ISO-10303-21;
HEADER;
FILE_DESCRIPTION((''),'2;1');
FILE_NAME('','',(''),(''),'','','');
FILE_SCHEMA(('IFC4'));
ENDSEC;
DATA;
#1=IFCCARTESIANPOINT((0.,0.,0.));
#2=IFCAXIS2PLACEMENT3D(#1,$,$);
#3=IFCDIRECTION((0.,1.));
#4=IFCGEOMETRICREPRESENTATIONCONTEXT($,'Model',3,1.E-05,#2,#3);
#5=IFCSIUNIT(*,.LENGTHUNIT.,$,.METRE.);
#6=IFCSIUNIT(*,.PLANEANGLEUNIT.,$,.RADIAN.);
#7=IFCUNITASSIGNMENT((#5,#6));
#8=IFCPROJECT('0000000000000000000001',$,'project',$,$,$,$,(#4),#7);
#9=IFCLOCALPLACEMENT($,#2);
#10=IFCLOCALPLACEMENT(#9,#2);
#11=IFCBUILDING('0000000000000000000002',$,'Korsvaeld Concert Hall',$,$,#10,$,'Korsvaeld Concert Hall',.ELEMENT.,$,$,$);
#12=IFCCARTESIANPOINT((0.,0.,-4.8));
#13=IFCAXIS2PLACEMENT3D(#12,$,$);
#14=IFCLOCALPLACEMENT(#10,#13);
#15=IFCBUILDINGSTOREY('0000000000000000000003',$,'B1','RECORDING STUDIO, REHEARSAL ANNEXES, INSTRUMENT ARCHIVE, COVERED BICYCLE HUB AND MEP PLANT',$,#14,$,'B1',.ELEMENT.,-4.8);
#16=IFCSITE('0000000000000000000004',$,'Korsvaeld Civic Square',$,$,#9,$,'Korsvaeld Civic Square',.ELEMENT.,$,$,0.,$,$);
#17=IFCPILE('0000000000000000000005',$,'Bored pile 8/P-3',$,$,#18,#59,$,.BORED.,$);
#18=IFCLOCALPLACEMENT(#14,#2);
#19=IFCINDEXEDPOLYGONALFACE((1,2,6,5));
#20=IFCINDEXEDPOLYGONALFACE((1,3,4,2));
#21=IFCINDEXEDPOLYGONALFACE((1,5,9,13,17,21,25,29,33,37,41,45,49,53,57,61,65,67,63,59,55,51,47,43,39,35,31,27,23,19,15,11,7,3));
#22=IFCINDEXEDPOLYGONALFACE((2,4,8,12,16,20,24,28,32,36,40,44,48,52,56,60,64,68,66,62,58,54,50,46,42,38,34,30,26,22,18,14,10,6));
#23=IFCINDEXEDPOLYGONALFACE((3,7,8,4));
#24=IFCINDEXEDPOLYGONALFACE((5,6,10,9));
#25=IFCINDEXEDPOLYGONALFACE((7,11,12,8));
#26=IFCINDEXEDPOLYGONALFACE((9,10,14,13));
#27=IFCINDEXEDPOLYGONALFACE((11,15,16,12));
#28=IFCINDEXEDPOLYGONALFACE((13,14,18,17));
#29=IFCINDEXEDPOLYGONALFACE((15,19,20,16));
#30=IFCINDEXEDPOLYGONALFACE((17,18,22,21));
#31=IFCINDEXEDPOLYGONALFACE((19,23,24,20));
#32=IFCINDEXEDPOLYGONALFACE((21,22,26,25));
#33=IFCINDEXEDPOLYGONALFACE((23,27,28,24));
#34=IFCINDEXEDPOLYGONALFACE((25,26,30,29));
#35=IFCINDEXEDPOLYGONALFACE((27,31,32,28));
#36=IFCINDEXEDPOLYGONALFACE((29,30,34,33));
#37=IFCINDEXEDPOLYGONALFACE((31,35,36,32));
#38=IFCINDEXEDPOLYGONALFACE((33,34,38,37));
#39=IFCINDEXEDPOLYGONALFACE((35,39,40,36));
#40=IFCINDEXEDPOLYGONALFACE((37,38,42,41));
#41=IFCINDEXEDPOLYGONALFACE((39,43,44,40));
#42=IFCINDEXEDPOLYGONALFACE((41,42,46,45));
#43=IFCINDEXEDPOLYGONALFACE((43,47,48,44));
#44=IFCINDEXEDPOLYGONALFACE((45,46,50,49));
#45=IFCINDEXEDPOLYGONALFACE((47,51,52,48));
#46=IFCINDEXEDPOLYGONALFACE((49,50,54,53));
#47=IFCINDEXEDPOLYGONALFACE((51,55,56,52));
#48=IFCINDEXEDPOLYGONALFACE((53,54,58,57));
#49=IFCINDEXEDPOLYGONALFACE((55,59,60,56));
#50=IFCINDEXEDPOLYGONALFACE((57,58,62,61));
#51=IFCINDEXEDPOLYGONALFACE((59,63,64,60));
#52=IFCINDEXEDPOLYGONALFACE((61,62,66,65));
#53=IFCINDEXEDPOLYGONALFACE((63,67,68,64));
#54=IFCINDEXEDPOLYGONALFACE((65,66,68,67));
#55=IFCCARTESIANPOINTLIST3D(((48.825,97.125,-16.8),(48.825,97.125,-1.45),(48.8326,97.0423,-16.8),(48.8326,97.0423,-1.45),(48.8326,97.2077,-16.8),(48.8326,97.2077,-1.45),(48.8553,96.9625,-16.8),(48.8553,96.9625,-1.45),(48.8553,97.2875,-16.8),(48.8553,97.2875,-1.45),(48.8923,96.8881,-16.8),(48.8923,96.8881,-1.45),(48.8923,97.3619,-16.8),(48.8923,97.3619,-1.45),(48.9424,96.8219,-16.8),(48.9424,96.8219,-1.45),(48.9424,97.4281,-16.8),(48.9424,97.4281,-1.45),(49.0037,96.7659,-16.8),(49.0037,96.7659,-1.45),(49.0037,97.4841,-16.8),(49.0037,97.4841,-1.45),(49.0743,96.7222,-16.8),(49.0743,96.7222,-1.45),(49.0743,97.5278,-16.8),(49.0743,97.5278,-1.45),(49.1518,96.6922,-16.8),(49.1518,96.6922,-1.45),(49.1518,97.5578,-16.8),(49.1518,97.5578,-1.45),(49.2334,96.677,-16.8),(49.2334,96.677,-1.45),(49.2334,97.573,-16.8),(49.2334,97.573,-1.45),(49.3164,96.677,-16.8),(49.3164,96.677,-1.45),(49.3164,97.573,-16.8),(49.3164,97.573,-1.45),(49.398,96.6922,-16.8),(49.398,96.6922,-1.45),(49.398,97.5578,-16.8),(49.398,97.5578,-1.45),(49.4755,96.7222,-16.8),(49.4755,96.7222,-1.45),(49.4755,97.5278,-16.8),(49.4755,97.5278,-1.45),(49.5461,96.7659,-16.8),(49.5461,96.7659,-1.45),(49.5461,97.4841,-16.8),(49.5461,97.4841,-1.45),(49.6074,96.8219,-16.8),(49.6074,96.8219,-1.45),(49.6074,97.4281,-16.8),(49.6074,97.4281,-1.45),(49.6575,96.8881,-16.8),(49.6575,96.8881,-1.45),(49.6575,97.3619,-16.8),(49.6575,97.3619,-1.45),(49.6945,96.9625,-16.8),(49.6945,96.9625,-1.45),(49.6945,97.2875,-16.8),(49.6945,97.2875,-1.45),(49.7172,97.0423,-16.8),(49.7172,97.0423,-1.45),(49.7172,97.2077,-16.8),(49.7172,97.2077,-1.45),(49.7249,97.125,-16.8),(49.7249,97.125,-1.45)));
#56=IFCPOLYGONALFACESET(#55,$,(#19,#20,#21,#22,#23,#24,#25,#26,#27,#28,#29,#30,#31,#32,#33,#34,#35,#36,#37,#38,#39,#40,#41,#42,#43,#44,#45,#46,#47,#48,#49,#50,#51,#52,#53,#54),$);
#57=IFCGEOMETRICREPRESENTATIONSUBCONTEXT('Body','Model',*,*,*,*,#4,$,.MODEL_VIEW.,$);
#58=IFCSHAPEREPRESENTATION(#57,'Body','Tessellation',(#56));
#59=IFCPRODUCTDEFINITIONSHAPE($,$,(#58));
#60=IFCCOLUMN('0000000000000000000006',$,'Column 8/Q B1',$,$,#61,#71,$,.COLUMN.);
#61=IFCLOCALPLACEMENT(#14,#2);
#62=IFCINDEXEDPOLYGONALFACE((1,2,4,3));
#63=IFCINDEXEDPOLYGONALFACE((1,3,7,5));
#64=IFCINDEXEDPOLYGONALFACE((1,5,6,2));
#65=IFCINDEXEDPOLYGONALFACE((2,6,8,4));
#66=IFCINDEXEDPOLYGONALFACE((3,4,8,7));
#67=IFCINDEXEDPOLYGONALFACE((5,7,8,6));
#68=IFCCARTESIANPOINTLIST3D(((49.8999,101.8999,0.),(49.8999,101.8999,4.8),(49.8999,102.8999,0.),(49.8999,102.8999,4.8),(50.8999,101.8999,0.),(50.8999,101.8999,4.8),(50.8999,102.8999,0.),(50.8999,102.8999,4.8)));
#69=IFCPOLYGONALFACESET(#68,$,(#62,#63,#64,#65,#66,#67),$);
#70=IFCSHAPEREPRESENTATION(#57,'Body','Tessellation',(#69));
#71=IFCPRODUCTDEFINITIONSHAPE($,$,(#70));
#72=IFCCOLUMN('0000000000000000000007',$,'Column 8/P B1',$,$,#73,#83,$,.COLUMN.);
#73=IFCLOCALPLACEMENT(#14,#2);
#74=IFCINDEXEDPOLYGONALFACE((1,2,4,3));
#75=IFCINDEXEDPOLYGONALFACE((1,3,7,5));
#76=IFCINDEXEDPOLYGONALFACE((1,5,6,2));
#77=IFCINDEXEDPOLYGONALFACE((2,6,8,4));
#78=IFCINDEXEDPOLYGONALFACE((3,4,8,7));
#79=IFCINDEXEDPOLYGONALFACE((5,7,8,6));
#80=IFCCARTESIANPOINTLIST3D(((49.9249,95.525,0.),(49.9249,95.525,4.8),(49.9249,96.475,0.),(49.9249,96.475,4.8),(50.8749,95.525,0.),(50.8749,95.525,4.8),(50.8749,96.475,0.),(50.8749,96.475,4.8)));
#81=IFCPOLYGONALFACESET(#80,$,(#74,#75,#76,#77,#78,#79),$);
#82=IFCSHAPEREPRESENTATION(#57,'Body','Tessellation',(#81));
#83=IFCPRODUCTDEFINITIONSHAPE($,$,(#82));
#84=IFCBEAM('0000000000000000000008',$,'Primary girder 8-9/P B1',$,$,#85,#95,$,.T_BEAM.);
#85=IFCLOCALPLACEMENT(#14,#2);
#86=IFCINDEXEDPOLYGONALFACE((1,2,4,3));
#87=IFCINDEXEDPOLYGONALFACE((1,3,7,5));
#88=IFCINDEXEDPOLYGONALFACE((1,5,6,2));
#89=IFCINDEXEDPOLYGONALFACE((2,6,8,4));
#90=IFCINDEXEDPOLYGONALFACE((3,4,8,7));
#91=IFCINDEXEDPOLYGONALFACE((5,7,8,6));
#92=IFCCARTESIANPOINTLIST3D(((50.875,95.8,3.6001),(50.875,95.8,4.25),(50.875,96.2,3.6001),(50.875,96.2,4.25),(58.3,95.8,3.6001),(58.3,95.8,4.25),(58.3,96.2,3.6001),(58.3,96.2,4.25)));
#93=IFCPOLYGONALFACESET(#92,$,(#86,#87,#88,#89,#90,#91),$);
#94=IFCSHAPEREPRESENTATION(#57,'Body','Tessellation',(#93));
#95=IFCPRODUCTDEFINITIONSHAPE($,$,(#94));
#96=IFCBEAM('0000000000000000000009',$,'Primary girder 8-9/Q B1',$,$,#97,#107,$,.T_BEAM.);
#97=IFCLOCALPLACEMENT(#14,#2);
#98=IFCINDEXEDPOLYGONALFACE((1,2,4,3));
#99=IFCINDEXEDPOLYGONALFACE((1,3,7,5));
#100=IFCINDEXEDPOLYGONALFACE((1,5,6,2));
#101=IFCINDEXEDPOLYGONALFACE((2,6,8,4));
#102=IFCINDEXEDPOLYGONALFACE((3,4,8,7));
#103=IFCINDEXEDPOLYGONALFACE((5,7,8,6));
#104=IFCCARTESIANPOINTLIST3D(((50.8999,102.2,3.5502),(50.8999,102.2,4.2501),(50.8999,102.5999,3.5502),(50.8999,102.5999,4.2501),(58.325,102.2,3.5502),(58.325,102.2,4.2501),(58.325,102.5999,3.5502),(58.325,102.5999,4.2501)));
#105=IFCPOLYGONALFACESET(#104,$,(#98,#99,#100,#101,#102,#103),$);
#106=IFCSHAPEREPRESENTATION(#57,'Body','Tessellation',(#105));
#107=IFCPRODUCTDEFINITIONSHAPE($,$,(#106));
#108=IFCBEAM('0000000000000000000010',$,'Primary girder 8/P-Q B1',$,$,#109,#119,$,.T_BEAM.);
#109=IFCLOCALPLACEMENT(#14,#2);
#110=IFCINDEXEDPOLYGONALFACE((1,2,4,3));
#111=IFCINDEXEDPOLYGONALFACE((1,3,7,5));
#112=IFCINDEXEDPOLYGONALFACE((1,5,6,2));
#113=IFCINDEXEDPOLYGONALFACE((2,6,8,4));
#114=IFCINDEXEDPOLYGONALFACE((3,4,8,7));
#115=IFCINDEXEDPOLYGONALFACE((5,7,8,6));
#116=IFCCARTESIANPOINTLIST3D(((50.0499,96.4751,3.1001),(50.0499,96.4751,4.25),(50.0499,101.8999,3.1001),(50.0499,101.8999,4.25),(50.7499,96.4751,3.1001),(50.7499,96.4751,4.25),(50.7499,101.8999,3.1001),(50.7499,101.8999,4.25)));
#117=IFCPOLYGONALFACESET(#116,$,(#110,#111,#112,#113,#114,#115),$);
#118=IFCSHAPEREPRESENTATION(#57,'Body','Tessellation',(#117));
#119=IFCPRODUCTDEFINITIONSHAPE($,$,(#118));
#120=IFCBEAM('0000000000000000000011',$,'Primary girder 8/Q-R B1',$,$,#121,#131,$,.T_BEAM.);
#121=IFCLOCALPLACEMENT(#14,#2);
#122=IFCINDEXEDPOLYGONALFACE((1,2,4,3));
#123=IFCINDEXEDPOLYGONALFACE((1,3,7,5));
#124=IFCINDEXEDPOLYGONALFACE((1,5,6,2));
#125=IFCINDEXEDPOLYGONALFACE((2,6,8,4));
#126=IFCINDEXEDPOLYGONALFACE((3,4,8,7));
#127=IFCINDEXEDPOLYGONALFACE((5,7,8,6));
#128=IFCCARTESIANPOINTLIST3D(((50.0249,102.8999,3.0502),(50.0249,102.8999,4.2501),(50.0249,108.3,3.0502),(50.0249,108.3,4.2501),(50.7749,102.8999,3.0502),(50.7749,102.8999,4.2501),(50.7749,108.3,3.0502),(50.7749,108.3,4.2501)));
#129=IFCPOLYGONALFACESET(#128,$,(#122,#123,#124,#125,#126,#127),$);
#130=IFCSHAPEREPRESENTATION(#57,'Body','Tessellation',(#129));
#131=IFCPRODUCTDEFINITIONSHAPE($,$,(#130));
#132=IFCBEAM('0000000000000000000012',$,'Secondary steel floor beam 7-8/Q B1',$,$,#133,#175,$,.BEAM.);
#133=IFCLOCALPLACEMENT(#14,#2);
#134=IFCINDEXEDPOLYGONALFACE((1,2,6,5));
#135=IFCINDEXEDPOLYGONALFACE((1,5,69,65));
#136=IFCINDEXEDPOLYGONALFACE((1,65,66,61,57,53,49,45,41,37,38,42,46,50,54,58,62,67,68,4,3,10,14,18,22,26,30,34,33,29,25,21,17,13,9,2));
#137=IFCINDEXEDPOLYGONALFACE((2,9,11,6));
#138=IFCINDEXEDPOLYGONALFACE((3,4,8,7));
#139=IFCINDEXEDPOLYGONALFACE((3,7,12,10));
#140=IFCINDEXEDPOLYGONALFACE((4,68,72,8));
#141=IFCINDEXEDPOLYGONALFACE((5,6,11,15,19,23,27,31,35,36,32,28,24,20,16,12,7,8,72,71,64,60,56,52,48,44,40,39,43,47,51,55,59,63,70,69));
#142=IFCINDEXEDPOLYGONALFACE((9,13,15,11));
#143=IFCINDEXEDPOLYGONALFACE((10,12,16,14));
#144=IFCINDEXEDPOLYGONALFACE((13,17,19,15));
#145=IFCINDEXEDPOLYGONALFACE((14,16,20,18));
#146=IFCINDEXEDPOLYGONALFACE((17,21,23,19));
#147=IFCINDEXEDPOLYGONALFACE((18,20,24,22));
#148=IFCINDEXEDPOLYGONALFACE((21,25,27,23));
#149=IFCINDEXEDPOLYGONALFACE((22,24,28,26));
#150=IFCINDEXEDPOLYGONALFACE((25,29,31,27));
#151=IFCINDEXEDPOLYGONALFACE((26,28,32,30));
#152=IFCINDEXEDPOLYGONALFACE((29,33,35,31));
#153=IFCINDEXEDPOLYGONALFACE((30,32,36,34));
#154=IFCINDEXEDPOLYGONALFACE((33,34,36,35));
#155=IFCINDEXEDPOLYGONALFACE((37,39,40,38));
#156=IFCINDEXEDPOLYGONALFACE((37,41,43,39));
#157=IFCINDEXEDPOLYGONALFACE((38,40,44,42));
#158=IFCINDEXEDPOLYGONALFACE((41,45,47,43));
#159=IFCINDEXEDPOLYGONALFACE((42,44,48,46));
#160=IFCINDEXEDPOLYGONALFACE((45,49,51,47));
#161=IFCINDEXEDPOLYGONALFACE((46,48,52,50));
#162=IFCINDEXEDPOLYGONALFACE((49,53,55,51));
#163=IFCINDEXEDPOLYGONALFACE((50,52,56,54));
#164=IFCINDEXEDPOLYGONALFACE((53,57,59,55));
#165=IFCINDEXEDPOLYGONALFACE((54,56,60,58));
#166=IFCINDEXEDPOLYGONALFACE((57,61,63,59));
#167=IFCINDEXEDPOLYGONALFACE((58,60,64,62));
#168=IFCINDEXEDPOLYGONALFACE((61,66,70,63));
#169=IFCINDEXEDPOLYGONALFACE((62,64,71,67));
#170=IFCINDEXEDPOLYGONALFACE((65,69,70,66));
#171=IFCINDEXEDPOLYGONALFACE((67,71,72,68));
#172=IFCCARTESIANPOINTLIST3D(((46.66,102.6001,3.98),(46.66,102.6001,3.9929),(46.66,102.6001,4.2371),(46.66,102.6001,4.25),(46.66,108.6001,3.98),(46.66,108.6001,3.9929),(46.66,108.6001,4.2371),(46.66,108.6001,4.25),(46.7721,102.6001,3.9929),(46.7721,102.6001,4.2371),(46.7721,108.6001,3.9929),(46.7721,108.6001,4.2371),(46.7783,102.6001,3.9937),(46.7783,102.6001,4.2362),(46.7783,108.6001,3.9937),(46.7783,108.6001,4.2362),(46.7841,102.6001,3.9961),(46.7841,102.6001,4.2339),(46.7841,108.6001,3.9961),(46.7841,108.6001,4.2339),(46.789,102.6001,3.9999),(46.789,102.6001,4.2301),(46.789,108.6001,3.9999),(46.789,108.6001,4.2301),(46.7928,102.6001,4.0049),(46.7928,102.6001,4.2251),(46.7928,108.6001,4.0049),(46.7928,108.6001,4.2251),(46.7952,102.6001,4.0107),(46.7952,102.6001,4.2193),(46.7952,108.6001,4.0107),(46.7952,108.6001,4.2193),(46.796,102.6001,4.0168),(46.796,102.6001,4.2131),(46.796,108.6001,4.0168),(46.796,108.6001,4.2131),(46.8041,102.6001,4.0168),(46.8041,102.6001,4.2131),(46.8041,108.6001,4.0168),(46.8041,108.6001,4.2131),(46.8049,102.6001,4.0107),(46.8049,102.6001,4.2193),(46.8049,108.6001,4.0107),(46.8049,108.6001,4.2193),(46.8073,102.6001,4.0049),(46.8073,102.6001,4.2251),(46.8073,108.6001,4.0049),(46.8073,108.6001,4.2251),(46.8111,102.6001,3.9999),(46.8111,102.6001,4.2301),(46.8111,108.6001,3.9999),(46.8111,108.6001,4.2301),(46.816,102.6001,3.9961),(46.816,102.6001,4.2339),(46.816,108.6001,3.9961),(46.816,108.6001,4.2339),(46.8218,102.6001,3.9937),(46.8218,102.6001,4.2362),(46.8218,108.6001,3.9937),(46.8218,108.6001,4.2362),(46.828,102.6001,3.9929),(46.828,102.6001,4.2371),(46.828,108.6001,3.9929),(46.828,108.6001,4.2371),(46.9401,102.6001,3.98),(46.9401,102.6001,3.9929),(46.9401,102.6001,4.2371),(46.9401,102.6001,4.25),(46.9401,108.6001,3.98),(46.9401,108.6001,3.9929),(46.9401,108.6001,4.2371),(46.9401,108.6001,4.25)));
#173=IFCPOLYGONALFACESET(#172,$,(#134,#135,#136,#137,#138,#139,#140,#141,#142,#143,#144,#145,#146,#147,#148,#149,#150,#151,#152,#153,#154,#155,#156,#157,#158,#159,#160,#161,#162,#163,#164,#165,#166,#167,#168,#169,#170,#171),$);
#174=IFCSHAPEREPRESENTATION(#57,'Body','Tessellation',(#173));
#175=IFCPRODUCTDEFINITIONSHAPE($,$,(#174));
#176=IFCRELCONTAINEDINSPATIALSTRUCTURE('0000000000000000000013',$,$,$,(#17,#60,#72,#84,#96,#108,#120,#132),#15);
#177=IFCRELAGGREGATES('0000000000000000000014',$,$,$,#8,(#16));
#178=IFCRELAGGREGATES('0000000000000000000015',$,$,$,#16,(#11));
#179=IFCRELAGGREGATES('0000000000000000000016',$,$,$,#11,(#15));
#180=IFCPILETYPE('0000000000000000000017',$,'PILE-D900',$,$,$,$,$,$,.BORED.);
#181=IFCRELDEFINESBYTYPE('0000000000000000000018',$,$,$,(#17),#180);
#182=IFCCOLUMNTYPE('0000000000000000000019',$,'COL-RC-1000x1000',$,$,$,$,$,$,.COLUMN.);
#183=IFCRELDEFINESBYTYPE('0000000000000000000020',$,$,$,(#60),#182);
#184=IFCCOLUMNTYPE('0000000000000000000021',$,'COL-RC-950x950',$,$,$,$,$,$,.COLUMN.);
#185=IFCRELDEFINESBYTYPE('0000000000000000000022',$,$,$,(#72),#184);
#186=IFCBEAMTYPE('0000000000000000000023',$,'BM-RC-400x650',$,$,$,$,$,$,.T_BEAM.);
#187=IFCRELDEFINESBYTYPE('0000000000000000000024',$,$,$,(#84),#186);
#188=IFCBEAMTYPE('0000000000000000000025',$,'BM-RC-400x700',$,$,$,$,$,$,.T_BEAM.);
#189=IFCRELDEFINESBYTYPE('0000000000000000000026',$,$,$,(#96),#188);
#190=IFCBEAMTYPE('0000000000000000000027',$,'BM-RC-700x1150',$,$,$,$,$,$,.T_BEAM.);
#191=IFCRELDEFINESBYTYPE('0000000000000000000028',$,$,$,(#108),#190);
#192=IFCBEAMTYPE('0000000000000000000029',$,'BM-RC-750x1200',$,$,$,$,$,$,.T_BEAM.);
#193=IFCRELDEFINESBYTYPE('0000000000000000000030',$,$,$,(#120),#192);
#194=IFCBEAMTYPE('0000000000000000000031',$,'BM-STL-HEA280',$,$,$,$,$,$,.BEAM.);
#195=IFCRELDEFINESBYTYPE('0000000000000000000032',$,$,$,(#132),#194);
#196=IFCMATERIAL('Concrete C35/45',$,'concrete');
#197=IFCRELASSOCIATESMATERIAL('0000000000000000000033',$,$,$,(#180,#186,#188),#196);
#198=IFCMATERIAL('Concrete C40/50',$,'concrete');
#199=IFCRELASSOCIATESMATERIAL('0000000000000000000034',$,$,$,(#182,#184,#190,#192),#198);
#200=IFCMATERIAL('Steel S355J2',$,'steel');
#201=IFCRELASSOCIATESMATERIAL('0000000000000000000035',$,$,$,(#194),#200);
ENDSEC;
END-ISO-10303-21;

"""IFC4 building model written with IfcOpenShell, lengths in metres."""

from ifc_helpers import new_model, si_unit, direction, frame, origin, origin_2d, place, context, subcontext, project, spatial, rectangle, circle, i_section, extrude, material, material_profile, profile_set, type_object, element, save


model = new_model("IFC4")

# Units and contexts
model_context = context("Model", 3, precision=1e-05, world=origin(), true_north=direction((0.0, 1.0)))
body_context = subcontext(model_context, "Body", "Model", "MODEL_VIEW")
ifc_project = project(units=[si_unit("LENGTHUNIT", "METRE"), si_unit("PLANEANGLEUNIT", "RADIAN")], contexts=[model_context])

# Site, building, storey
site_placement = place(None, origin())
site = spatial("IfcSite", under=ifc_project, at=site_placement, Name="Korsvaeld Civic Square", LongName="Korsvaeld Civic Square", CompositionType="ELEMENT", RefElevation=0.0)
building_placement = place(site_placement, origin())
building = spatial("IfcBuilding", under=site, at=building_placement, Name="Korsvaeld Concert Hall", LongName="Korsvaeld Concert Hall", CompositionType="ELEMENT")
storey_placement = place(building_placement, frame((0.0, 0.0, -4.8)))
storey = spatial("IfcBuildingStorey", under=building, at=storey_placement, Name="B1", Description="RECORDING STUDIO, REHEARSAL ANNEXES, INSTRUMENT ARCHIVE, COVERED BICYCLE HUB AND MEP PLANT", LongName="B1", CompositionType="ELEMENT", Elevation=-4.8)

# Shared definitions
ifc_material_1 = material(Name="Concrete C35/45", Category="concrete")

# Pile
ifc_material_2 = material(Name="Concrete C40/50", Category="concrete")
ifc_material_profile_1 = material_profile(ifc_material_1, circle(Radius=0.45, at=origin_2d()), Name="BORED PILE D900")
ifc_profile_set_1 = profile_set([ifc_material_profile_1], Name="Concrete C35/45")
pile_type_1 = type_object("IfcPileType", Name="PILE-D900", PredefinedType="BORED", material=ifc_profile_set_1)
for number, where, z_axis, x_axis, name in (
    (1, (49.2749, 97.125, -1.45), (0.0, 0.0, -1.0), (1.0, 0.0, 0.0), "Bored pile 8/P-3"),
):
    element("IfcPile", number, at=place(storey_placement, frame(where, z_axis=z_axis, x_axis=x_axis)), inside=storey, type_object=pile_type_1, Name=name, PredefinedType="BORED", context=body_context, shape_type="SweptSolid", body=[
        extrude(circle(Radius=0.45, at=origin_2d()), origin(), (0.0, 0.0, 1.0), 15.3501),
    ])

# Columns
ifc_material_profile_2 = material_profile(ifc_material_2, rectangle(XDim=1.0, YDim=1.0, at=origin_2d()), Name="RC 1000x1000")
ifc_profile_set_2 = profile_set([ifc_material_profile_2], Name="Concrete C40/50")
column_type_1 = type_object("IfcColumnType", Name="COL-RC-1000x1000", PredefinedType="COLUMN", material=ifc_profile_set_2)
column_1_placement = place(storey_placement, frame((50.3999, 102.3999, 0.0), z_axis=(0.0, 0.0, 1.0), x_axis=(1.0, 0.0, 0.0)))
element("IfcColumn", 2, at=column_1_placement, inside=storey, type_object=column_type_1, Name="Column 8/Q B1", PredefinedType="COLUMN", context=body_context, shape_type="SweptSolid", body=[
    extrude(rectangle(XDim=1.0, YDim=1.0, at=origin_2d()), origin(), (0.0, 0.0, 1.0), 4.8),
])
ifc_material_profile_3 = material_profile(ifc_material_2, rectangle(XDim=0.95, YDim=0.95, at=origin_2d()), Name="RC 950x950")
ifc_profile_set_3 = profile_set([ifc_material_profile_3], Name="Concrete C40/50")
column_type_2 = type_object("IfcColumnType", Name="COL-RC-950x950", PredefinedType="COLUMN", material=ifc_profile_set_3)
column_2_placement = place(storey_placement, frame((50.3999, 96.0, 0.0), z_axis=(0.0, 0.0, 1.0), x_axis=(1.0, 0.0, 0.0)))
element("IfcColumn", 3, at=column_2_placement, inside=storey, type_object=column_type_2, Name="Column 8/P B1", PredefinedType="COLUMN", context=body_context, shape_type="SweptSolid", body=[
    extrude(rectangle(XDim=0.95, YDim=0.95, at=origin_2d()), origin(), (0.0, 0.0, 1.0), 4.8),
])

# Beams
ifc_material_profile_4 = material_profile(ifc_material_1, rectangle(XDim=0.3999, YDim=0.6499, at=origin_2d()), Name="RC 400x650")
ifc_profile_set_4 = profile_set([ifc_material_profile_4], Name="Concrete C35/45")
beam_type_1 = type_object("IfcBeamType", Name="BM-RC-400x650", PredefinedType="T_BEAM", material=ifc_profile_set_4)
beam_1_placement = place(storey_placement, frame((50.875, 96.0, 3.925), z_axis=(1.0, 0.0, 0.0), x_axis=(0.0, 1.0, 0.0)))
element("IfcBeam", 4, at=beam_1_placement, inside=storey, type_object=beam_type_1, Name="Primary girder 8-9/P B1", PredefinedType="T_BEAM", context=body_context, shape_type="SweptSolid", body=[
    extrude(rectangle(XDim=0.3999, YDim=0.6499, at=origin_2d()), origin(), (0.0, 0.0, 1.0), 7.425),
])
ifc_material_profile_5 = material_profile(ifc_material_1, rectangle(XDim=0.3999, YDim=0.7, at=origin_2d()), Name="RC 400x700")
ifc_profile_set_5 = profile_set([ifc_material_profile_5], Name="Concrete C35/45")
beam_type_2 = type_object("IfcBeamType", Name="BM-RC-400x700", PredefinedType="T_BEAM", material=ifc_profile_set_5)
beam_2_placement = place(storey_placement, frame((50.8999, 102.3999, 3.9001), z_axis=(1.0, 0.0, 0.0), x_axis=(0.0, 1.0, 0.0)))
element("IfcBeam", 5, at=beam_2_placement, inside=storey, type_object=beam_type_2, Name="Primary girder 8-9/Q B1", PredefinedType="T_BEAM", context=body_context, shape_type="SweptSolid", body=[
    extrude(rectangle(XDim=0.3999, YDim=0.7, at=origin_2d()), origin(), (0.0, 0.0, 1.0), 7.425),
])
ifc_material_profile_6 = material_profile(ifc_material_2, rectangle(XDim=0.7, YDim=1.1499, at=origin_2d()), Name="RC 700x1150")
ifc_profile_set_6 = profile_set([ifc_material_profile_6], Name="Concrete C40/50")
beam_type_3 = type_object("IfcBeamType", Name="BM-RC-700x1150", PredefinedType="T_BEAM", material=ifc_profile_set_6)
beam_3_placement = place(storey_placement, frame((50.3999, 96.4751, 3.675), z_axis=(0.0, 1.0, 0.0), x_axis=(-1.0, 0.0, 0.0)))
element("IfcBeam", 6, at=beam_3_placement, inside=storey, type_object=beam_type_3, Name="Primary girder 8/P-Q B1", PredefinedType="T_BEAM", context=body_context, shape_type="SweptSolid", body=[
    extrude(rectangle(XDim=0.7, YDim=1.1499, at=origin_2d()), origin(), (0.0, 0.0, 1.0), 5.4248),
])
ifc_material_profile_7 = material_profile(ifc_material_2, rectangle(XDim=0.75, YDim=1.2, at=origin_2d()), Name="RC 750x1200")
ifc_profile_set_7 = profile_set([ifc_material_profile_7], Name="Concrete C40/50")
beam_type_4 = type_object("IfcBeamType", Name="BM-RC-750x1200", PredefinedType="T_BEAM", material=ifc_profile_set_7)
beam_4_placement = place(storey_placement, frame((50.3999, 102.8999, 3.6501), z_axis=(0.0, 1.0, 0.0), x_axis=(-1.0, 0.0, 0.0)))
element("IfcBeam", 7, at=beam_4_placement, inside=storey, type_object=beam_type_4, Name="Primary girder 8/Q-R B1", PredefinedType="T_BEAM", context=body_context, shape_type="SweptSolid", body=[
    extrude(rectangle(XDim=0.75, YDim=1.2, at=origin_2d()), origin(), (0.0, 0.0, 1.0), 5.4001),
])
ifc_material_3 = material(Name="Steel S355J2", Category="steel")
ifc_material_profile_8 = material_profile(ifc_material_3, i_section(OverallWidth=0.28, OverallDepth=0.27, WebThickness=0.0081, FlangeThickness=0.0129, FilletRadius=0.0239, at=origin_2d()), Name="HEA 280")
ifc_profile_set_8 = profile_set([ifc_material_profile_8], Name="Steel S355J2")
beam_type_5 = type_object("IfcBeamType", Name="BM-STL-HEA280", PredefinedType="BEAM", material=ifc_profile_set_8)
beam_5_placement = place(storey_placement, frame((46.8, 102.6001, 4.115), z_axis=(0.0, 1.0, 0.0), x_axis=(-1.0, 0.0, 0.0)))
element("IfcBeam", 8, at=beam_5_placement, inside=storey, type_object=beam_type_5, Name="Secondary steel floor beam 7-8/Q B1", PredefinedType="BEAM", context=body_context, shape_type="SweptSolid", body=[
    extrude(i_section(OverallWidth=0.28, OverallDepth=0.27, WebThickness=0.0081, FlangeThickness=0.0129, FilletRadius=0.0239, at=origin_2d()), origin(), (0.0, 0.0, 1.0), 6.0),
])

save(model, "model.ifc")
